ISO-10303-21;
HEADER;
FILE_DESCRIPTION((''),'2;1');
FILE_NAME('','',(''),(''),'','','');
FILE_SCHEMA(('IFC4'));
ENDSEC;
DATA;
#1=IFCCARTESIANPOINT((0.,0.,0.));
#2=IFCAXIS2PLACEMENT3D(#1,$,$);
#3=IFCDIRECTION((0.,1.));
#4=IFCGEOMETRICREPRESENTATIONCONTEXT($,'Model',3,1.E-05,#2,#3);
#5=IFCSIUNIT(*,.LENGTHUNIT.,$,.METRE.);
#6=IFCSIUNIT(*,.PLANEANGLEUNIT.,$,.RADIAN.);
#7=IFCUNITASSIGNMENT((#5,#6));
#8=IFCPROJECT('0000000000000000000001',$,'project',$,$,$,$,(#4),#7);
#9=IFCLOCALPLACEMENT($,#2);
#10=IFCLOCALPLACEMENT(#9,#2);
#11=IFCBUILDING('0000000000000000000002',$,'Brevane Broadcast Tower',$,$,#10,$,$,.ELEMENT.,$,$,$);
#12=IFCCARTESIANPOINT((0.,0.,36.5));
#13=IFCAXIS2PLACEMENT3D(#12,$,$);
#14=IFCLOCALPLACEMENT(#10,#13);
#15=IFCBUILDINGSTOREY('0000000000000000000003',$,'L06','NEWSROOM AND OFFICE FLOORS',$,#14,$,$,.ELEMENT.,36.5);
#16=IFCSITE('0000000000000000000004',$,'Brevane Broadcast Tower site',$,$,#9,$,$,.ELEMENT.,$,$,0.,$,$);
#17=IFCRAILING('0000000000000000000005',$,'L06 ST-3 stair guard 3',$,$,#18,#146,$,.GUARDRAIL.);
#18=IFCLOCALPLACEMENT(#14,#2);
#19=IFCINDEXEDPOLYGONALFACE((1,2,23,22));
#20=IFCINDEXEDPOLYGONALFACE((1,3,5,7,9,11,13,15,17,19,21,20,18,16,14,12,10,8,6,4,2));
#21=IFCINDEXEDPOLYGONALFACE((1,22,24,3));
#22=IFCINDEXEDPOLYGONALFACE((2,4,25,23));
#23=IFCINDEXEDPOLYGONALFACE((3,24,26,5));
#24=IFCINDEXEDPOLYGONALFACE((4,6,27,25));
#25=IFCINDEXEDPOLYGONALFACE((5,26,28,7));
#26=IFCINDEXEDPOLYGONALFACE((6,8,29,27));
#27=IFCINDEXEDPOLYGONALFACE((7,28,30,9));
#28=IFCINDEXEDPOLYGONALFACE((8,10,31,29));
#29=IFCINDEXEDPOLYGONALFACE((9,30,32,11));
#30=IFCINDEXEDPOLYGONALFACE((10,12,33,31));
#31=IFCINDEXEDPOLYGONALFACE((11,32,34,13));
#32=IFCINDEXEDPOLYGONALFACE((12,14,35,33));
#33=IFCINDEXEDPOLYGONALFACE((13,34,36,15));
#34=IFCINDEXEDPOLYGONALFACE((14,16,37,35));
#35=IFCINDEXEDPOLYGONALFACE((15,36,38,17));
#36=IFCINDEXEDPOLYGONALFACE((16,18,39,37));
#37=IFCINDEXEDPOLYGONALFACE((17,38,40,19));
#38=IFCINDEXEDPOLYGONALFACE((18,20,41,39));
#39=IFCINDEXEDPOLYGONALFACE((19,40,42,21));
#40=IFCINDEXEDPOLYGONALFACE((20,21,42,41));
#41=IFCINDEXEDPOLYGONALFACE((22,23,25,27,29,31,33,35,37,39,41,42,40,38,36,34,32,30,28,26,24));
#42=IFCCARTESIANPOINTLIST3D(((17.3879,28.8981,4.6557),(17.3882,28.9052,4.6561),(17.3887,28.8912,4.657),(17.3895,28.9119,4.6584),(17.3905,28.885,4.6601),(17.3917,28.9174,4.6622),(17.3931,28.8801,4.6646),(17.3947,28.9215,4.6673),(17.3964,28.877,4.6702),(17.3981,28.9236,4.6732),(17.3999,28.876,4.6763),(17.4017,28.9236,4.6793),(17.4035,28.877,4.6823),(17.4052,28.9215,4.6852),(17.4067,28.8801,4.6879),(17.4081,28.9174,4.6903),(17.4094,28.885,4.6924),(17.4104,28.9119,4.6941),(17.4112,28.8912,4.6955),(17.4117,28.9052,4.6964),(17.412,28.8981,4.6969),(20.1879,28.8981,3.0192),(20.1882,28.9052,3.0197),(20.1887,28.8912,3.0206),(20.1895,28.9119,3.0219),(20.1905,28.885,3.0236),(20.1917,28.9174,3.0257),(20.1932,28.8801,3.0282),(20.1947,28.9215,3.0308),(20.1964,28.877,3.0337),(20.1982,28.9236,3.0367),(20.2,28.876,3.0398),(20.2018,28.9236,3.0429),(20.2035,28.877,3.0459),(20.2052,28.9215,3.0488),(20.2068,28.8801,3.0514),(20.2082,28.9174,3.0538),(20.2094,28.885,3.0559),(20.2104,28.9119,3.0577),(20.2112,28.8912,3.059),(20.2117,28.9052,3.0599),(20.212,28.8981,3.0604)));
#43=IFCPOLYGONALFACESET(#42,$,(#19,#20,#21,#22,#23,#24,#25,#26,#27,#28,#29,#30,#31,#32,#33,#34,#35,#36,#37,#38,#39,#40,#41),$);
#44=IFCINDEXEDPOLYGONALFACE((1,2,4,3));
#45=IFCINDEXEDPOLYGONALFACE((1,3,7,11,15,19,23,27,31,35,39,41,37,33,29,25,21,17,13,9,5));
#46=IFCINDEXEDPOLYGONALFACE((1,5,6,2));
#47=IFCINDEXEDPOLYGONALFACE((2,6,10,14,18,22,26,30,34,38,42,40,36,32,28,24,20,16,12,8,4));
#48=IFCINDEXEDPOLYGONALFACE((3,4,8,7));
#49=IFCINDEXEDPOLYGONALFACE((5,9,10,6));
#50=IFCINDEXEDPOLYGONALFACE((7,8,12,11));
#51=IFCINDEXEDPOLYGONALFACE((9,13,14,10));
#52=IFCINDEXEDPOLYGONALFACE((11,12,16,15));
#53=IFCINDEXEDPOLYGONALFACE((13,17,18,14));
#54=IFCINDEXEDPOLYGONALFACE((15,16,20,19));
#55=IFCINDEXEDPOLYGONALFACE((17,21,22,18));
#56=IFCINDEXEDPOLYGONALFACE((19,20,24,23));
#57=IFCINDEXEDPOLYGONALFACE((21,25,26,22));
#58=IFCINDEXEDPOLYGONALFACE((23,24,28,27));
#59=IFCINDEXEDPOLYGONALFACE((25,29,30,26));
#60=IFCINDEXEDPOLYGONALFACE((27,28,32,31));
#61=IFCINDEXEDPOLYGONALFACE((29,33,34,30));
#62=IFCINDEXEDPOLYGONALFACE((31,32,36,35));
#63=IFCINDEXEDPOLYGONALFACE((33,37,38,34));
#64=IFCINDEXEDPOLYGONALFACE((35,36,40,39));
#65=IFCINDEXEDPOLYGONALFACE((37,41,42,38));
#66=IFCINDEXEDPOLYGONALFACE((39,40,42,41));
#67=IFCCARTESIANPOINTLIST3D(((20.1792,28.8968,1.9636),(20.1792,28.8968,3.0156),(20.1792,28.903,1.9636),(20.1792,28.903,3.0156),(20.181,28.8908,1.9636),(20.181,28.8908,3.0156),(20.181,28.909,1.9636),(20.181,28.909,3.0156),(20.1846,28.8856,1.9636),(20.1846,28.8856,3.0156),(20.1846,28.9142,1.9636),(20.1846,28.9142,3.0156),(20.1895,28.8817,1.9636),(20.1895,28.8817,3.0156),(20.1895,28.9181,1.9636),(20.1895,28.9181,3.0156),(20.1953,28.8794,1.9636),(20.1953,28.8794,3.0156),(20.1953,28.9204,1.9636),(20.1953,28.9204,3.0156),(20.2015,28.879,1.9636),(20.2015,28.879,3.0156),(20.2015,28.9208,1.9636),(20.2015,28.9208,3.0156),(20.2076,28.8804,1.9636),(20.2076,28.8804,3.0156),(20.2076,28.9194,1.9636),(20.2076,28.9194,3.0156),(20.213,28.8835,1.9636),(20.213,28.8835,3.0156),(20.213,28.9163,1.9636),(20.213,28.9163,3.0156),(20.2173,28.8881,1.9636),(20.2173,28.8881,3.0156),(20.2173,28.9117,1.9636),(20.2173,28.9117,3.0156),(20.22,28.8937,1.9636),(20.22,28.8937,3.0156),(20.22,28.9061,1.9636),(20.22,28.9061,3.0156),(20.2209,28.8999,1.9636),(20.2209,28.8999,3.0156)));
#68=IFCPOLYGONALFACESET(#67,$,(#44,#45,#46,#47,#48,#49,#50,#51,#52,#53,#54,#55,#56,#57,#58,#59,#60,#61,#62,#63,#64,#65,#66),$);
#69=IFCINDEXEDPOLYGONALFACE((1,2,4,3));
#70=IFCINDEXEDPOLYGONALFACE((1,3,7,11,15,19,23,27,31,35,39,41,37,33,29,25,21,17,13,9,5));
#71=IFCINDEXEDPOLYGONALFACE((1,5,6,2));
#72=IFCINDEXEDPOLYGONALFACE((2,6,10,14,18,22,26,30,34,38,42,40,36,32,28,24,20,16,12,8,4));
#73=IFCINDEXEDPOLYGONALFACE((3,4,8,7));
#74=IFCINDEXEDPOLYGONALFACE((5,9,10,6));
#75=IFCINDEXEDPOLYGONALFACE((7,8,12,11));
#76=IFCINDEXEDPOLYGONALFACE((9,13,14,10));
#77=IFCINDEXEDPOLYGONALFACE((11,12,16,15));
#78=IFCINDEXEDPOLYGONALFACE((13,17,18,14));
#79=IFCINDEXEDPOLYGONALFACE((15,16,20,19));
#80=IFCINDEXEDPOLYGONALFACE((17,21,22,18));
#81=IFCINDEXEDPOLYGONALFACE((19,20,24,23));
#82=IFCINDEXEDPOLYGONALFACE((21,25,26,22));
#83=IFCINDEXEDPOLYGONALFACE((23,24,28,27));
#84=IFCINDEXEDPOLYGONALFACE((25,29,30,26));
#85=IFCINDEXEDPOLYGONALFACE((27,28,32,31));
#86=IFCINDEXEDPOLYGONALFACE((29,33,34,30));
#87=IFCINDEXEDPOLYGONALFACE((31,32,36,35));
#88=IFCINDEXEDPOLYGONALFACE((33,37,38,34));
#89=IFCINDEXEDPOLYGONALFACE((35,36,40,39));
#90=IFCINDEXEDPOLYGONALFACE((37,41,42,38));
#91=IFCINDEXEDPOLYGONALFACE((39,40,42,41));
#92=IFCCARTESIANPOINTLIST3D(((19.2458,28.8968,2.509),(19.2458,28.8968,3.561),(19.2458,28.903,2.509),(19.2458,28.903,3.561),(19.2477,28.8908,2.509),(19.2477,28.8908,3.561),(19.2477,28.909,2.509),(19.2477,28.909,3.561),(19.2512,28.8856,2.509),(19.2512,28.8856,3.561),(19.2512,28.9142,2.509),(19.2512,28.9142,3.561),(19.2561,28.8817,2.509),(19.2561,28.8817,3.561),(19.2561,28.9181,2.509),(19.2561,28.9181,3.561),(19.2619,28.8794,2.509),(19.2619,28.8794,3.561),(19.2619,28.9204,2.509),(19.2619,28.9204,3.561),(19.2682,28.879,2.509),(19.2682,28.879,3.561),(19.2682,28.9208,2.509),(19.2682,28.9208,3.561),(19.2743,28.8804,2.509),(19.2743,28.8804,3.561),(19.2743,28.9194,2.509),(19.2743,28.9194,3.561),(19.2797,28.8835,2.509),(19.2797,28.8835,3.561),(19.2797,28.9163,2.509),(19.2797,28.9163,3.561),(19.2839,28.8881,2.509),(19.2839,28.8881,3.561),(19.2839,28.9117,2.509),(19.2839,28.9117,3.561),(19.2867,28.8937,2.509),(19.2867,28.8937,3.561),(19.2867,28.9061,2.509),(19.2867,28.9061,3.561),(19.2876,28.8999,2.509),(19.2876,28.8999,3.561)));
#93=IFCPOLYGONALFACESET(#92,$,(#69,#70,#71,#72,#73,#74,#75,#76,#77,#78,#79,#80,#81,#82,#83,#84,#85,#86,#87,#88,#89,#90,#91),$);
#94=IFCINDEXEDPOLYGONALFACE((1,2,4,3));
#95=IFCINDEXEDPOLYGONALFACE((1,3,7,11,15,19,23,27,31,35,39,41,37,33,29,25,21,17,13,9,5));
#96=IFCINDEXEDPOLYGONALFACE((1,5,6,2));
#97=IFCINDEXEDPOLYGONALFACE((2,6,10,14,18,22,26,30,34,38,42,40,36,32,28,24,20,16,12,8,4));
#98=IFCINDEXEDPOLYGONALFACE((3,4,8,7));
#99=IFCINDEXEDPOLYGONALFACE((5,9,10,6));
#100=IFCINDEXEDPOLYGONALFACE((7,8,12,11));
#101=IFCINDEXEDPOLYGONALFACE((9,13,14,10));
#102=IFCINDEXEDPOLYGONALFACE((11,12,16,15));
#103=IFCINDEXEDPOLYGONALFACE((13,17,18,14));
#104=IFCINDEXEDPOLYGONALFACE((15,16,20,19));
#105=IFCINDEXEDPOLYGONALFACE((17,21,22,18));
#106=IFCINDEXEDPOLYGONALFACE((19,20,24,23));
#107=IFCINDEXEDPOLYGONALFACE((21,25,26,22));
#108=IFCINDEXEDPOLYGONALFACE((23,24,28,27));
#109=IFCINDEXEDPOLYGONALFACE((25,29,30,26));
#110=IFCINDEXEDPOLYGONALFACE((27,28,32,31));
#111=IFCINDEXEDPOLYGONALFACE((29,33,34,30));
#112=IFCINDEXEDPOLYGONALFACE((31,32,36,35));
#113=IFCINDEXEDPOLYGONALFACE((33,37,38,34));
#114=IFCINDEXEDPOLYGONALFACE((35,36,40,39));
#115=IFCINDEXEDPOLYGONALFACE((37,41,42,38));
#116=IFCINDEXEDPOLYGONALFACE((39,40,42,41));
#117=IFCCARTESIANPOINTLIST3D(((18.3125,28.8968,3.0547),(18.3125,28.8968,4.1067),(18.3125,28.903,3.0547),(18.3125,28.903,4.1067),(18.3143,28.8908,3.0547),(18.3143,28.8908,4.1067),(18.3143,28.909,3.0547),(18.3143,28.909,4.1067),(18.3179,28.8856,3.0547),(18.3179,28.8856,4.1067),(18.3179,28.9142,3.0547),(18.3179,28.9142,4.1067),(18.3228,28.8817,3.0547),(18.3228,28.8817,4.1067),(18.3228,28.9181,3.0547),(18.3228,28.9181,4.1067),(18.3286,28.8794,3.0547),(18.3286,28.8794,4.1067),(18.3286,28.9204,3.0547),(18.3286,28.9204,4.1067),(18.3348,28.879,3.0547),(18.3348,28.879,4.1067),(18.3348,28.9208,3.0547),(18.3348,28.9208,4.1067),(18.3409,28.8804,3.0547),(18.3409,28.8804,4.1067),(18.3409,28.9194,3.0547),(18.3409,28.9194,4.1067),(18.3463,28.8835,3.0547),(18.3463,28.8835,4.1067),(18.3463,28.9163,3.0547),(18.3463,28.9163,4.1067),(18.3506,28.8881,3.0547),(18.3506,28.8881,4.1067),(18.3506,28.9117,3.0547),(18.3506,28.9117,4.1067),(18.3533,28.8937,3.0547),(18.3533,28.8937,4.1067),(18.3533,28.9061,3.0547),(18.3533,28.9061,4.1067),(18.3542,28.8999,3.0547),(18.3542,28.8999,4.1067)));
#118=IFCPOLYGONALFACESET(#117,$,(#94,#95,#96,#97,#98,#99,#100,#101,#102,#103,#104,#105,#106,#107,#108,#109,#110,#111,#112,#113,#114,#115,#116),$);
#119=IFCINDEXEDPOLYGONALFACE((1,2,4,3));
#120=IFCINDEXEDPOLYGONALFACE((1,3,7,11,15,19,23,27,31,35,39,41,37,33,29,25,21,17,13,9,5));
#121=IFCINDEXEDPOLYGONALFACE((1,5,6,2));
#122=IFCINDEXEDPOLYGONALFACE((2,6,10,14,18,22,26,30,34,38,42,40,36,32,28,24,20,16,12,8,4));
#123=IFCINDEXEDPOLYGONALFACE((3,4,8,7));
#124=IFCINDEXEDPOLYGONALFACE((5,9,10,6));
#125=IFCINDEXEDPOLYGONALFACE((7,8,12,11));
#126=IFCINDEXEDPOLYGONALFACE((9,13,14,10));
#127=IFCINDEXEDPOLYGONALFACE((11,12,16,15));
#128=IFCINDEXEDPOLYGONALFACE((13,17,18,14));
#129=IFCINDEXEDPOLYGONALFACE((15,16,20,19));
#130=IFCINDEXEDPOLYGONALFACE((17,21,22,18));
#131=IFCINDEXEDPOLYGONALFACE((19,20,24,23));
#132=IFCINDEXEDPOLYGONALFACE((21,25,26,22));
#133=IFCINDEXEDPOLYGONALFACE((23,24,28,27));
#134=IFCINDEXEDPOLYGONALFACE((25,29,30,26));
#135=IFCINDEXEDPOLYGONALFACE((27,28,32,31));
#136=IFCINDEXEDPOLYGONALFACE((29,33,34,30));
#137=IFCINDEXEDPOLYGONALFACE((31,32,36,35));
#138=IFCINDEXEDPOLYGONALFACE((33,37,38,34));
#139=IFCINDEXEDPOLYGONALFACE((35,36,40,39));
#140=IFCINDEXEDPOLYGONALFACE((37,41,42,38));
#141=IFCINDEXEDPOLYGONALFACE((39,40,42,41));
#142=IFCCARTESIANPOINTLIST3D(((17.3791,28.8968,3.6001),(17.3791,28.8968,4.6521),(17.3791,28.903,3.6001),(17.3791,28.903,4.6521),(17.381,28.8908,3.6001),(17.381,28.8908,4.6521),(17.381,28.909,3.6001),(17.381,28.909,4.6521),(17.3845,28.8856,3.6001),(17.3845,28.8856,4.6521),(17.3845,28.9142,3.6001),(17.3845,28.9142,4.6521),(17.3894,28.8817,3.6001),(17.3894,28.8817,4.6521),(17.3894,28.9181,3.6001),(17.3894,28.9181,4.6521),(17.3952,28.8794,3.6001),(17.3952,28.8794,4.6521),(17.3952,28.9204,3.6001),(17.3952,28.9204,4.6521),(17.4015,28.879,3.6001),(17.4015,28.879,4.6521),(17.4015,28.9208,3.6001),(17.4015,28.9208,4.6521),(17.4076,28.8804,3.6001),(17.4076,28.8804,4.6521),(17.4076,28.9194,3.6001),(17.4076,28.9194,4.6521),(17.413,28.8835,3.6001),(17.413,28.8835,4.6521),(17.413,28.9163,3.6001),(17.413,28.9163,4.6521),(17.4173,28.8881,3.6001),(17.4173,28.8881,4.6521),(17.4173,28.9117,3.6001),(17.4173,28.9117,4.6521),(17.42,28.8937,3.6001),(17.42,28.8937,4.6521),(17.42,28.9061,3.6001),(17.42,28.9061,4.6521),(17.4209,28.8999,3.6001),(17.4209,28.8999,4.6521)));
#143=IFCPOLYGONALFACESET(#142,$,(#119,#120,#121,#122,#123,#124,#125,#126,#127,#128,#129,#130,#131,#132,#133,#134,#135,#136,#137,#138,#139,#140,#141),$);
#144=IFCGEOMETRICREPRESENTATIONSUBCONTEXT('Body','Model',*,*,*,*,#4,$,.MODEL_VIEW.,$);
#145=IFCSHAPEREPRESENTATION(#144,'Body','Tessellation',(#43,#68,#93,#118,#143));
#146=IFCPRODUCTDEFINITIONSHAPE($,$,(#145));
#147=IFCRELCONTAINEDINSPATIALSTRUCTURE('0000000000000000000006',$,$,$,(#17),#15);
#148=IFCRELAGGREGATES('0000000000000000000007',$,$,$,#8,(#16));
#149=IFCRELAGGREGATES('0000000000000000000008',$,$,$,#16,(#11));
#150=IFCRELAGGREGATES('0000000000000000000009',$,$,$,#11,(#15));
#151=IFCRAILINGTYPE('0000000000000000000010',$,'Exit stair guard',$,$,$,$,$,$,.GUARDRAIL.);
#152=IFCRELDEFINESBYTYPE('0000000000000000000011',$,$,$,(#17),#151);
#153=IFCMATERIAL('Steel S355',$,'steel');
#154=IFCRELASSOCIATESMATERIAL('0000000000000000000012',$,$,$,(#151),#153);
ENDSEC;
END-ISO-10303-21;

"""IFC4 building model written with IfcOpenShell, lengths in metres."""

from ifc_helpers import new_model, si_unit, direction, frame, origin, origin_2d, place, context, subcontext, project, spatial, circle, extrude, material, type_object, element, save


model = new_model("IFC4")

# Units and contexts
model_context = context("Model", 3, precision=1e-05, world=origin(), true_north=direction((0.0, 1.0)))
body_context = subcontext(model_context, "Body", "Model", "MODEL_VIEW")
ifc_project = project(units=[si_unit("LENGTHUNIT", "METRE"), si_unit("PLANEANGLEUNIT", "RADIAN")], contexts=[model_context])

# Site, building, storey
site_placement = place(None, origin())
site = spatial("IfcSite", under=ifc_project, at=site_placement, Name="Brevane Broadcast Tower site", CompositionType="ELEMENT", RefElevation=0.0)
building_placement = place(site_placement, origin())
building = spatial("IfcBuilding", under=site, at=building_placement, Name="Brevane Broadcast Tower", CompositionType="ELEMENT")
storey_placement = place(building_placement, frame((0.0, 0.0, 36.5)))
storey = spatial("IfcBuildingStorey", under=building, at=storey_placement, Name="L06", Description="NEWSROOM AND OFFICE FLOORS", CompositionType="ELEMENT", Elevation=36.5)

# Shared definitions
ifc_material_1 = material(Name="Steel S355", Category="steel")

# Railing
railing_type_1 = type_object("IfcRailingType", Name="Exit stair guard", PredefinedType="GUARDRAIL", material=ifc_material_1)
railing_1_placement = place(storey_placement, frame((20.2, 28.8999, 1.9636)))
element("IfcRailing", 1, at=railing_1_placement, inside=storey, type_object=railing_type_1, Name="L06 ST-3 stair guard 3", PredefinedType="GUARDRAIL", context=body_context, shape_type="SweptSolid", body=[
    extrude(circle(Radius=0.0239, at=origin_2d()), frame((0.0, 0.0, 1.0762), z_axis=(-0.863361, 0.0, 0.504587), x_axis=(0.0, -1.0, 0.0)), (0.0, 0.0, 1.0), 3.2432),
    extrude(circle(Radius=0.021, at=origin_2d()), origin(), (0.0, 0.0, 1.0), 1.052),
    extrude(circle(Radius=0.021, at=origin_2d()), frame((-0.9333, 0.0, 0.5454)), (0.0, 0.0, 1.0), 1.052),
    extrude(circle(Radius=0.021, at=origin_2d()), frame((-1.8667, 0.0, 1.0911)), (0.0, 0.0, 1.0), 1.052),
    extrude(circle(Radius=0.021, at=origin_2d()), frame((-2.8, 0.0, 1.6365)), (0.0, 0.0, 1.0), 1.052),
])

save(model, "model.ifc")
